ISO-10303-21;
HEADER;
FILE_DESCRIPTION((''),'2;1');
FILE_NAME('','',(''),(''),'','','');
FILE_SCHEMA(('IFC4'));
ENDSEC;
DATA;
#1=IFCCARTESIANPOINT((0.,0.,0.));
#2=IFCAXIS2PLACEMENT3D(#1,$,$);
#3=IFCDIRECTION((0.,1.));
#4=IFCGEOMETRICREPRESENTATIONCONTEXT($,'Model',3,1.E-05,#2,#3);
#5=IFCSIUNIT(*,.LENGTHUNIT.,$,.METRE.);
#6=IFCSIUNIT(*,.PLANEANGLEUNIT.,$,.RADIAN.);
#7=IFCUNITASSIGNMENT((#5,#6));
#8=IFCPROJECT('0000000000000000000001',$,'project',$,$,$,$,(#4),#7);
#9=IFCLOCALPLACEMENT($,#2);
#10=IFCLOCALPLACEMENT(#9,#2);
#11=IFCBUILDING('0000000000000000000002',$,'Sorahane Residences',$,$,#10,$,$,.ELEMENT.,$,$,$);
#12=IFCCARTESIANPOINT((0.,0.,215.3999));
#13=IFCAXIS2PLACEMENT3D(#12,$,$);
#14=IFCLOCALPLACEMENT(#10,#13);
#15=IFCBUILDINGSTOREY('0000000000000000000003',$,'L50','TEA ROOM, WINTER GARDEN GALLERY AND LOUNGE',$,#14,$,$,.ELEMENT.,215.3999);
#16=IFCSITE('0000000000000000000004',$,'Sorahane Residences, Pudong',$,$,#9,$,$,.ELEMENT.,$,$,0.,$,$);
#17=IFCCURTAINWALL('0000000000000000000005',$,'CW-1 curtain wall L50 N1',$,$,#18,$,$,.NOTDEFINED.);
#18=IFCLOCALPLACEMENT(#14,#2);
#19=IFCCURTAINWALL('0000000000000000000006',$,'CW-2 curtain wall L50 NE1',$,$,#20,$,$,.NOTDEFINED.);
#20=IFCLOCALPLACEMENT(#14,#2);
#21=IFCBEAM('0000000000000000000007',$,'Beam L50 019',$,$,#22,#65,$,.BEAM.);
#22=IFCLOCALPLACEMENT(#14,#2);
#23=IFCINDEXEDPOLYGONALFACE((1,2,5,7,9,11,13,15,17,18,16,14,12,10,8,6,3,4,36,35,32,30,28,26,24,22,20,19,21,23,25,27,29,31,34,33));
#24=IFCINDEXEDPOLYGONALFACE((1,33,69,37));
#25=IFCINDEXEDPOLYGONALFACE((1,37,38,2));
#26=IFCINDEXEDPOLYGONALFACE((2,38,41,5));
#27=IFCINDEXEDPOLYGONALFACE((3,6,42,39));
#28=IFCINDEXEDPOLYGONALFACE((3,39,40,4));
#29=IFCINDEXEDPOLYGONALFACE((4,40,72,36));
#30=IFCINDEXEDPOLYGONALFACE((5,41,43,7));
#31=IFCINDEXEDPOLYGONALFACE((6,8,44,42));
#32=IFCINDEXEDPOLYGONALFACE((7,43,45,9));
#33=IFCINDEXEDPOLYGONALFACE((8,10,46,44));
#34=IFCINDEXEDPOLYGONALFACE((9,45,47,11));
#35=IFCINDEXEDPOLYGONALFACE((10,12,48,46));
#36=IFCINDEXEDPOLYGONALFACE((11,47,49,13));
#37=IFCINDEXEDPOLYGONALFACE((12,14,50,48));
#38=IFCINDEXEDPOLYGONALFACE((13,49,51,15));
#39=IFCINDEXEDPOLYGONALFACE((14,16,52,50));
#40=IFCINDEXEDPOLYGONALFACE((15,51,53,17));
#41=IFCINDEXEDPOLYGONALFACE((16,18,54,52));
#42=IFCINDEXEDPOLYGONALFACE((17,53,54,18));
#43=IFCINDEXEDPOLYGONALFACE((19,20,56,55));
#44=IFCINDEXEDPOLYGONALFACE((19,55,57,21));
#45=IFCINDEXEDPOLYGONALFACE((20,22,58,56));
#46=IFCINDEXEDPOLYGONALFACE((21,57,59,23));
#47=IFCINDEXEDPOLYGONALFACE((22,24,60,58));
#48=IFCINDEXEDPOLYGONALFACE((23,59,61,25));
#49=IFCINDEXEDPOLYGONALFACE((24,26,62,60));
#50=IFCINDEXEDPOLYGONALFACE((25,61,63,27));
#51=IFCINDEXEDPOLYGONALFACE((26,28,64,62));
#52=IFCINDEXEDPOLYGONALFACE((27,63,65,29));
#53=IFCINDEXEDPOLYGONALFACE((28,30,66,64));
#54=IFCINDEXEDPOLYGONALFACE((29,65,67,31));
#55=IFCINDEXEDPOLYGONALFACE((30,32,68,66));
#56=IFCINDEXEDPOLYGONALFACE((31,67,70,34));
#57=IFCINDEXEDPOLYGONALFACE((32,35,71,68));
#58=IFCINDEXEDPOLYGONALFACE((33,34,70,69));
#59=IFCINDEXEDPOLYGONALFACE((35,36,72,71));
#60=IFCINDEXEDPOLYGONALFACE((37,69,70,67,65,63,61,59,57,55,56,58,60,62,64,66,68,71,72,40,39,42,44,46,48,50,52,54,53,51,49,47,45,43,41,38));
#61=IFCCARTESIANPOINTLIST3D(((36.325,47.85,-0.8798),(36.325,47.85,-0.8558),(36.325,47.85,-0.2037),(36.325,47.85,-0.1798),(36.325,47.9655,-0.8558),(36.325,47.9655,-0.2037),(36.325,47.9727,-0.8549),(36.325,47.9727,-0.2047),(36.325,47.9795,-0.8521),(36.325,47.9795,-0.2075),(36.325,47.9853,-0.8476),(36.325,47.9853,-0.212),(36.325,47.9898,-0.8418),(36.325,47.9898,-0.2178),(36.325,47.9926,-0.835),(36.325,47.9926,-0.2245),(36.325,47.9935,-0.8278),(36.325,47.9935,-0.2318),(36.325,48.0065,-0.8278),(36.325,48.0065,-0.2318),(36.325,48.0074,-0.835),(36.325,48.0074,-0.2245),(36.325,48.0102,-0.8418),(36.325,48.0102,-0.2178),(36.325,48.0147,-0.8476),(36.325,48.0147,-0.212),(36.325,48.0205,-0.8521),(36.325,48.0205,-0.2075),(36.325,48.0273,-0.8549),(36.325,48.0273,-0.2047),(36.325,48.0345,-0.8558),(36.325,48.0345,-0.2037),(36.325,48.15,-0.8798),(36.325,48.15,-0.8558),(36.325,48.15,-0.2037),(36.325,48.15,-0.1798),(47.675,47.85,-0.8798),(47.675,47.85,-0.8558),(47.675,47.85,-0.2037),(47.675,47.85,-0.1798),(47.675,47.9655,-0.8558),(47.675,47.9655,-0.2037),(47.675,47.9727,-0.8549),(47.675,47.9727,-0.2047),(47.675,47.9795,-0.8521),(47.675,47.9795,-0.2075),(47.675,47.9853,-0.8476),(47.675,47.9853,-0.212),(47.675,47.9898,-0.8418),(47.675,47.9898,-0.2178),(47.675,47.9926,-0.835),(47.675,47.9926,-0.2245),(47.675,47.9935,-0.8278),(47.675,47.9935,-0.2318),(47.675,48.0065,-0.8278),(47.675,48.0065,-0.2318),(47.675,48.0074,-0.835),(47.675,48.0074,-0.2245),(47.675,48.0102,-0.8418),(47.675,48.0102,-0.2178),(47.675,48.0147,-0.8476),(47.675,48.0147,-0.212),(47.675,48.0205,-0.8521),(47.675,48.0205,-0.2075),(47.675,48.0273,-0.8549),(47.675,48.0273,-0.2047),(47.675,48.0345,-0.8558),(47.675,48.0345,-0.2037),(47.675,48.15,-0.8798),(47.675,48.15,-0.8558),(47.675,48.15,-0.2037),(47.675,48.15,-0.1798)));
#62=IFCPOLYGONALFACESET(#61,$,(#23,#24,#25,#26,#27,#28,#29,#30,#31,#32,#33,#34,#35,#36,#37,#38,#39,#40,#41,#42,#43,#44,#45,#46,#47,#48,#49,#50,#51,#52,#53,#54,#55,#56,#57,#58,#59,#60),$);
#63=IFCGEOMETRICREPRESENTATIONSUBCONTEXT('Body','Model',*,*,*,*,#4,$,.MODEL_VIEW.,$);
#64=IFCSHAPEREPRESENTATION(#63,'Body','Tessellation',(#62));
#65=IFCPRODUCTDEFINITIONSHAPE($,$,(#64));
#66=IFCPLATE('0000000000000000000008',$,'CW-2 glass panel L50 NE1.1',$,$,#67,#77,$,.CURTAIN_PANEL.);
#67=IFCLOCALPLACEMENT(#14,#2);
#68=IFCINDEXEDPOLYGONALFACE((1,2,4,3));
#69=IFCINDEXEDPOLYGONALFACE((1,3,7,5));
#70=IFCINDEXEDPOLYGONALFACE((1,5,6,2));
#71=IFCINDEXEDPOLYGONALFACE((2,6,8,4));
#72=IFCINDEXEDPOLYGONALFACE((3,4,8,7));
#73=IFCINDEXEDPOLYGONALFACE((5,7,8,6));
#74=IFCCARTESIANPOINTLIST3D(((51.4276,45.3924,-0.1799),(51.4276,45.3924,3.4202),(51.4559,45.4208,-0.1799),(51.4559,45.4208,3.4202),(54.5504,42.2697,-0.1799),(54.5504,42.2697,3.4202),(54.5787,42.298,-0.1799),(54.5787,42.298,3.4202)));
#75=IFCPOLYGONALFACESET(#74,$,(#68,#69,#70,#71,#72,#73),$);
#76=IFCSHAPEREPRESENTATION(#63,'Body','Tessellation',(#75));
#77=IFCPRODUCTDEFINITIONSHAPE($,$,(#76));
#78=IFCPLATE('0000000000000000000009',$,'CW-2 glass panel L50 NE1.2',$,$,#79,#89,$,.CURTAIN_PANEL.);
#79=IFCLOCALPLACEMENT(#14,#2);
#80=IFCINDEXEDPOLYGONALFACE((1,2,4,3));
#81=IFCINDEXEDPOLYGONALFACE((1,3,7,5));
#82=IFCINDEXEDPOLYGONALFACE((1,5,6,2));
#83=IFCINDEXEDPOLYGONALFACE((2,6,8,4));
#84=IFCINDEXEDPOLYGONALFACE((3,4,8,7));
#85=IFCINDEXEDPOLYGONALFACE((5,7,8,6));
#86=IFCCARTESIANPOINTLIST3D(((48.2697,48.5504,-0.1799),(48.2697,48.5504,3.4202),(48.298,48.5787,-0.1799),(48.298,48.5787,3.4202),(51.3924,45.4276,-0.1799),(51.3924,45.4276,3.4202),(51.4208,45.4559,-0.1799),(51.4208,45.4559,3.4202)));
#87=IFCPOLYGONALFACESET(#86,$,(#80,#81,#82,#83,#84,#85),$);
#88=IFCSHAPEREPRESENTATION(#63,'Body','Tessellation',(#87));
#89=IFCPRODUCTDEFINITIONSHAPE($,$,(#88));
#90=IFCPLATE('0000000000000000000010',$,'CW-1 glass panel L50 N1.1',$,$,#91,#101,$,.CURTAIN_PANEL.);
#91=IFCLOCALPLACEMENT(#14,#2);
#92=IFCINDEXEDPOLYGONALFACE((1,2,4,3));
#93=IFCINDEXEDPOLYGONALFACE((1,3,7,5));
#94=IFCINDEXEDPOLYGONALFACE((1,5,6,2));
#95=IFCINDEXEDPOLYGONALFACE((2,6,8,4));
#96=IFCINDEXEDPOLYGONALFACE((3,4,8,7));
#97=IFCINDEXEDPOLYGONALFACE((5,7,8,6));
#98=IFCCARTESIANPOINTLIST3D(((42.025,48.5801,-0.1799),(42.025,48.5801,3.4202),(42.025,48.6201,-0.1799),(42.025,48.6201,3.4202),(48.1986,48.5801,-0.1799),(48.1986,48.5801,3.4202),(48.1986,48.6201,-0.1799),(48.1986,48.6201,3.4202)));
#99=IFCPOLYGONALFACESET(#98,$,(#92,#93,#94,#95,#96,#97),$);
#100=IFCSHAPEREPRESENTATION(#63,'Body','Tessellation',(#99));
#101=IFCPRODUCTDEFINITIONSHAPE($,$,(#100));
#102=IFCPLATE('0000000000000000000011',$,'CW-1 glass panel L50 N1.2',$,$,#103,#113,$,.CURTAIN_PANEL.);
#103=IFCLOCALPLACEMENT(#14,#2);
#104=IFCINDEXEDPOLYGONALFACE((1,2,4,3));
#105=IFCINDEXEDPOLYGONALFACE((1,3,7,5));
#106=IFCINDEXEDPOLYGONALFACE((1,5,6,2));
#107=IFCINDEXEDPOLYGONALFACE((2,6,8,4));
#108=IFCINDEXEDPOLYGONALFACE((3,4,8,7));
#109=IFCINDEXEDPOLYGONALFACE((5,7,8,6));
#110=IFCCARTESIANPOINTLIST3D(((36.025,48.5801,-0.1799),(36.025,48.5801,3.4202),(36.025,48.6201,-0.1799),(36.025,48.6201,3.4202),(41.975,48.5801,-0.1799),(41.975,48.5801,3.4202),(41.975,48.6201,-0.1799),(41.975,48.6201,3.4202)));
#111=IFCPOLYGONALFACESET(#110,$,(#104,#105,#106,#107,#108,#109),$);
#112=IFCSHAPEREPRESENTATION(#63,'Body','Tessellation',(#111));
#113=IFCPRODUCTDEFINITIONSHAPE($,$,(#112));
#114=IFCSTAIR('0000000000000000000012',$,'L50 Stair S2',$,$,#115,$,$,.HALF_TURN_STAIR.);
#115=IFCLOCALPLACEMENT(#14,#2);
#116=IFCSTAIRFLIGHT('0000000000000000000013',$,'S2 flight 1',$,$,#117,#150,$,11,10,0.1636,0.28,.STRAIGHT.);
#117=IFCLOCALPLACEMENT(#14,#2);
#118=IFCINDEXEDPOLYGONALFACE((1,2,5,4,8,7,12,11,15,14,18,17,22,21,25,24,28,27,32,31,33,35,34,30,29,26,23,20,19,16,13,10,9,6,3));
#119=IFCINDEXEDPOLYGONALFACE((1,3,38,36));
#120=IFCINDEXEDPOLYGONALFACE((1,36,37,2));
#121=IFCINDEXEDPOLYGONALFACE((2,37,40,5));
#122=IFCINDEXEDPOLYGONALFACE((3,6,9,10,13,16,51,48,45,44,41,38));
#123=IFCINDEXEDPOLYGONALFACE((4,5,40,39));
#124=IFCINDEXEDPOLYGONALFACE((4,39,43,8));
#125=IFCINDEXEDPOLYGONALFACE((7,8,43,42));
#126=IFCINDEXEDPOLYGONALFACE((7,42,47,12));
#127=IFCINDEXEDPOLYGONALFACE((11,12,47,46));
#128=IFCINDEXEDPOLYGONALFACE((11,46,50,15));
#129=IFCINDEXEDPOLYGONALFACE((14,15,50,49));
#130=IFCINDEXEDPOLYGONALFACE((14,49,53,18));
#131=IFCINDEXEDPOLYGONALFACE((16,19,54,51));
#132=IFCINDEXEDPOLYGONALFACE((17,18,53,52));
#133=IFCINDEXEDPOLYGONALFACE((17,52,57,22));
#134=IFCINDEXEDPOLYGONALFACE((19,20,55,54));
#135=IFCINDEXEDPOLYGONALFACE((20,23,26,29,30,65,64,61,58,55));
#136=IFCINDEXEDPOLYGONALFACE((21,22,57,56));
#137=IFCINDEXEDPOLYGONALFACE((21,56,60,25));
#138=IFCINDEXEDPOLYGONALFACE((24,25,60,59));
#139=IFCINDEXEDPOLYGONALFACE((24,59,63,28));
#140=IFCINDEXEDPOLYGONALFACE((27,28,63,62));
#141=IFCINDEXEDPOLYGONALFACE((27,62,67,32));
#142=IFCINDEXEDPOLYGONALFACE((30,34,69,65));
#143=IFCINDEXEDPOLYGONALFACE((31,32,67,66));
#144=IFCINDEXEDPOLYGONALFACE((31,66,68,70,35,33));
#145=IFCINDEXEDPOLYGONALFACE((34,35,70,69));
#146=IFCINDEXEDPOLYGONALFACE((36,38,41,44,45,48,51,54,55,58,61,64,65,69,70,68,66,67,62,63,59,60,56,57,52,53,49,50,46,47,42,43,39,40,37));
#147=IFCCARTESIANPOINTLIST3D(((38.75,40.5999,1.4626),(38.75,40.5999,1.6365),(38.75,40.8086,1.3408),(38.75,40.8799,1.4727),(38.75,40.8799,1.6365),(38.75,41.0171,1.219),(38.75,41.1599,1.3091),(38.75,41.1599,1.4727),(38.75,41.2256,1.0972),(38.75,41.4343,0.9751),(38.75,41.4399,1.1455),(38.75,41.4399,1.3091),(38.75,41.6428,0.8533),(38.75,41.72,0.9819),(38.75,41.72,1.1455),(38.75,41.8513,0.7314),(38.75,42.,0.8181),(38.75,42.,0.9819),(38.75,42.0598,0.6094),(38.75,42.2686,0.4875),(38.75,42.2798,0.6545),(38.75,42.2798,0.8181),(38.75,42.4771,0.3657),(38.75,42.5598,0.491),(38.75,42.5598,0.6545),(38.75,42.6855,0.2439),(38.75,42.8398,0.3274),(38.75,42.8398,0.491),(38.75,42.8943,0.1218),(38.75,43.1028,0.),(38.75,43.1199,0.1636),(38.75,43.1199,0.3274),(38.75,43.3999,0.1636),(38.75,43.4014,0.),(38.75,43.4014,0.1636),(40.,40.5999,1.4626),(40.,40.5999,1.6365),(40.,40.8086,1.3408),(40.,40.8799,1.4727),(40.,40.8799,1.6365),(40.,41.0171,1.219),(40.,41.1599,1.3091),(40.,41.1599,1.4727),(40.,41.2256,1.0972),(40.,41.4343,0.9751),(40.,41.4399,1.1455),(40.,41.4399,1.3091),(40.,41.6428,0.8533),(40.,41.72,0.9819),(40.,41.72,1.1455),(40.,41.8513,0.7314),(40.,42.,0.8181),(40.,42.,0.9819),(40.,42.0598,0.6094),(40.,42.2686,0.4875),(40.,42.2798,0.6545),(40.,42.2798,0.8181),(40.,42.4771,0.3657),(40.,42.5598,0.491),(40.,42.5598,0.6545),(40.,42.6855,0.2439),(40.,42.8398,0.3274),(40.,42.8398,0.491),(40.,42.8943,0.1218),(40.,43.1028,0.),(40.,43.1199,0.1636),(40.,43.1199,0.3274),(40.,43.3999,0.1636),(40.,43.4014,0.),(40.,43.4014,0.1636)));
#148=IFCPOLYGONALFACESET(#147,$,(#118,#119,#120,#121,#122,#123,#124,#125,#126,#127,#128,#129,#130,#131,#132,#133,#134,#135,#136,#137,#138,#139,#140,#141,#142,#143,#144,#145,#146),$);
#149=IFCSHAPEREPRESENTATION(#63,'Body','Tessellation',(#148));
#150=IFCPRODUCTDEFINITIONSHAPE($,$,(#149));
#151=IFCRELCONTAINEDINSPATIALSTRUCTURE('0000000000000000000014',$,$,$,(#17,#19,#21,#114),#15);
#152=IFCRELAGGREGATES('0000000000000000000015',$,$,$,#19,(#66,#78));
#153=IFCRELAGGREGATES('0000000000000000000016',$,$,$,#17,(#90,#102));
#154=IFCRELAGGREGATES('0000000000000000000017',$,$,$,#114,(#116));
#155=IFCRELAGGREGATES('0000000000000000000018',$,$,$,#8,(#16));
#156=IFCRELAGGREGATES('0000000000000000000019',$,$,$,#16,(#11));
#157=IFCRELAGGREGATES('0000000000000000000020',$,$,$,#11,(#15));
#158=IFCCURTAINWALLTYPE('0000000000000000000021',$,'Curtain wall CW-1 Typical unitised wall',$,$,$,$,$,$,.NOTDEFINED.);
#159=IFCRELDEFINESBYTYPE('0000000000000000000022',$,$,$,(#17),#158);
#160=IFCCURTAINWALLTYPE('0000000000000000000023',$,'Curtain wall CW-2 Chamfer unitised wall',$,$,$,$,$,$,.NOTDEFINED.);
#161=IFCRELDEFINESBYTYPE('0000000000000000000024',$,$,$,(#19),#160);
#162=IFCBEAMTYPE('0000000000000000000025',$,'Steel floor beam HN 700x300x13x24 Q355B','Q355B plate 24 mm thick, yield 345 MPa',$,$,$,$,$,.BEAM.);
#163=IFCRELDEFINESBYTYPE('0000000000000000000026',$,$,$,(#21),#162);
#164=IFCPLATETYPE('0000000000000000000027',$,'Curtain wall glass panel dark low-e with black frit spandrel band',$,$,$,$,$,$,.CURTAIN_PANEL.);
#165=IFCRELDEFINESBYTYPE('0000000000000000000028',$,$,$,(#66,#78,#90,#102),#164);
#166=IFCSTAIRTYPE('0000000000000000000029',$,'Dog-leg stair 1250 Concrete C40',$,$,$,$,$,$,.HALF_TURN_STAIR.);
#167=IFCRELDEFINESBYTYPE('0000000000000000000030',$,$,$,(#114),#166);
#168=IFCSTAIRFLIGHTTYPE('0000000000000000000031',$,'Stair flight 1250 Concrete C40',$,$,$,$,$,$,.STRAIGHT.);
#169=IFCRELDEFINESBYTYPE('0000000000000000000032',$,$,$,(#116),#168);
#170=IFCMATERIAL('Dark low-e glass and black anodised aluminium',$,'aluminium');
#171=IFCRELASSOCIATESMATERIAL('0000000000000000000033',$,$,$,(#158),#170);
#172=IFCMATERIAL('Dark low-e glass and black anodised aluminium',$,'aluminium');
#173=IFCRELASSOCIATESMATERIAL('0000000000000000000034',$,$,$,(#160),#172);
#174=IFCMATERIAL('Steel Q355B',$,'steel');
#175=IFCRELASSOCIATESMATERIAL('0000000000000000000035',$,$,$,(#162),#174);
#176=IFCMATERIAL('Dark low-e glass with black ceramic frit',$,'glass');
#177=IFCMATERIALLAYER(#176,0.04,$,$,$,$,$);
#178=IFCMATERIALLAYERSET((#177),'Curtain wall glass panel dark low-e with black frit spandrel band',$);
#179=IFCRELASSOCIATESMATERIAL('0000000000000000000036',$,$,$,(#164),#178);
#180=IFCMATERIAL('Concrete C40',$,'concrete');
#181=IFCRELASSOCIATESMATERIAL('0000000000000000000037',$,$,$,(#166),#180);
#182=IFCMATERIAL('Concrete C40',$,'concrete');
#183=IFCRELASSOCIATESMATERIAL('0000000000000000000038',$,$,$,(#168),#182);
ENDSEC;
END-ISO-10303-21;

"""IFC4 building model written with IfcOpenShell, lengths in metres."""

from ifc_helpers import new_model, si_unit, direction, frame, origin, origin_2d, place, context, subcontext, project, spatial, polyline, rectangle, i_section, outline, extrude, material, layer, layer_set, material_profile, profile_set, type_object, element, aggregate, save


model = new_model("IFC4")

# Units and contexts
model_context = context("Model", 3, precision=1e-05, world=origin(), true_north=direction((0.0, 1.0)))
body_context = subcontext(model_context, "Body", "Model", "MODEL_VIEW")
ifc_project = project(units=[si_unit("LENGTHUNIT", "METRE"), si_unit("PLANEANGLEUNIT", "RADIAN")], contexts=[model_context])

# Site, building, storey
site_placement = place(None, origin())
site = spatial("IfcSite", under=ifc_project, at=site_placement, Name="Sorahane Residences, Pudong", CompositionType="ELEMENT", RefElevation=0.0)
building_placement = place(site_placement, origin())
building = spatial("IfcBuilding", under=site, at=building_placement, Name="Sorahane Residences", CompositionType="ELEMENT")
storey_placement = place(building_placement, frame((0.0, 0.0, 215.3999)))
storey = spatial("IfcBuildingStorey", under=building, at=storey_placement, Name="L50", Description="TEA ROOM, WINTER GARDEN GALLERY AND LOUNGE", CompositionType="ELEMENT", Elevation=215.3999)

# Curtain wall
ifc_material_1 = material(Name="Dark low-e glass and black anodised aluminium", Category="aluminium")
curtain_wall_type_1 = type_object("IfcCurtainWallType", Name="Curtain wall CW-1 Typical unitised wall", PredefinedType="NOTDEFINED", material=ifc_material_1)
curtain_wall_1_placement = place(storey_placement, origin())
curtain_wall_1 = element("IfcCurtainWall", 1, at=curtain_wall_1_placement, inside=storey, type_object=curtain_wall_type_1, Name="CW-1 curtain wall L50 N1", PredefinedType="NOTDEFINED")

# Curtain wall
ifc_material_2 = material(Name="Dark low-e glass and black anodised aluminium", Category="aluminium")
curtain_wall_type_2 = type_object("IfcCurtainWallType", Name="Curtain wall CW-2 Chamfer unitised wall", PredefinedType="NOTDEFINED", material=ifc_material_2)
curtain_wall_2_placement = place(storey_placement, origin())
curtain_wall_2 = element("IfcCurtainWall", 2, at=curtain_wall_2_placement, inside=storey, type_object=curtain_wall_type_2, Name="CW-2 curtain wall L50 NE1", PredefinedType="NOTDEFINED")

# Beam
ifc_material_3 = material(Name="Steel Q355B", Category="steel")
ifc_material_profile_1 = material_profile(ifc_material_3, i_section(OverallWidth=0.3, OverallDepth=0.7, WebThickness=0.0129, FlangeThickness=0.0239, FilletRadius=0.0281, at=origin_2d()), Name="HN 700x300x13x24")
ifc_profile_set_1 = profile_set([ifc_material_profile_1], Name="Steel Q355B")
beam_type_1 = type_object("IfcBeamType", Name="Steel floor beam HN 700x300x13x24 Q355B", Description="Q355B plate 24 mm thick, yield 345 MPa", PredefinedType="BEAM", material=ifc_profile_set_1)
beam_1_placement = place(storey_placement, frame((36.325, 48.0, -0.5298), z_axis=(1.0, 0.0, 0.0), x_axis=(0.0, 1.0, 0.0)))
element("IfcBeam", 3, at=beam_1_placement, inside=storey, type_object=beam_type_1, Name="Beam L50 019", PredefinedType="BEAM", context=body_context, shape_type="SweptSolid", body=[
    extrude(i_section(OverallWidth=0.3, OverallDepth=0.7, WebThickness=0.0129, FlangeThickness=0.0239, FilletRadius=0.0281, at=origin_2d()), origin(), (0.0, 0.0, 1.0), 11.3501),
])

# Plates
ifc_material_4 = material(Name="Dark low-e glass with black ceramic frit", Category="glass")
ifc_layer_1 = layer(ifc_material_4, 0.04)
ifc_layer_set_1 = layer_set([ifc_layer_1], Name="Curtain wall glass panel dark low-e with black frit spandrel band")
plate_type = type_object("IfcPlateType", Name="Curtain wall glass panel dark low-e with black frit spandrel band", PredefinedType="CURTAIN_PANEL", material=ifc_layer_set_1)
plate_1_placement = place(storey_placement, frame((53.0032, 43.8452, -0.1799), z_axis=(0.0, 0.0, 1.0), x_axis=(-0.707107, 0.707107, 0.0)))
plate_1 = element("IfcPlate", 4, at=plate_1_placement, type_object=plate_type, Name="CW-2 glass panel L50 NE1.1", PredefinedType="CURTAIN_PANEL", context=body_context, shape_type="SweptSolid", body=[
    extrude(rectangle(XDim=4.4163, YDim=0.04, at=origin_2d()), origin(), (0.0, 0.0, 1.0), 3.6001),
])
plate_2_placement = place(storey_placement, frame((49.8452, 47.0032, -0.1799), z_axis=(0.0, 0.0, 1.0), x_axis=(-0.707107, 0.707107, 0.0)))
plate_2 = element("IfcPlate", 5, at=plate_2_placement, type_object=plate_type, Name="CW-2 glass panel L50 NE1.2", PredefinedType="CURTAIN_PANEL", context=body_context, shape_type="SweptSolid", body=[
    extrude(rectangle(XDim=4.4163, YDim=0.04, at=origin_2d()), origin(), (0.0, 0.0, 1.0), 3.6001),
])
aggregate(curtain_wall_2, [plate_1, plate_2])
plate_3_placement = place(storey_placement, frame((45.1118, 48.6001, -0.1799), z_axis=(0.0, 0.0, 1.0), x_axis=(-1.0, 0.0, 0.0)))
plate_3 = element("IfcPlate", 6, at=plate_3_placement, type_object=plate_type, Name="CW-1 glass panel L50 N1.1", PredefinedType="CURTAIN_PANEL", context=body_context, shape_type="SweptSolid", body=[
    extrude(rectangle(XDim=6.1736, YDim=0.04, at=origin_2d()), origin(), (0.0, 0.0, 1.0), 3.6001),
])
plate_4_placement = place(storey_placement, frame((39.0, 48.6001, -0.1799), z_axis=(0.0, 0.0, 1.0), x_axis=(-1.0, 0.0, 0.0)))
plate_4 = element("IfcPlate", 7, at=plate_4_placement, type_object=plate_type, Name="CW-1 glass panel L50 N1.2", PredefinedType="CURTAIN_PANEL", context=body_context, shape_type="SweptSolid", body=[
    extrude(rectangle(XDim=5.95, YDim=0.04, at=origin_2d()), origin(), (0.0, 0.0, 1.0), 3.6001),
])
aggregate(curtain_wall_1, [plate_3, plate_4])

# Stair, stair flight
ifc_material_5 = material(Name="Concrete C40", Category="concrete")
stair_type = type_object("IfcStairType", Name="Dog-leg stair 1250 Concrete C40", PredefinedType="HALF_TURN_STAIR", material=ifc_material_5)
stair_placement = place(storey_placement, origin())
stair = element("IfcStair", 8, at=stair_placement, inside=storey, type_object=stair_type, Name="L50 Stair S2", PredefinedType="HALF_TURN_STAIR")
ifc_material_6 = material(Name="Concrete C40", Category="concrete")
stair_flight_type = type_object("IfcStairFlightType", Name="Stair flight 1250 Concrete C40", PredefinedType="STRAIGHT", material=ifc_material_6)
stair_flight_placement = place(storey_placement, frame((39.375, 43.3999, 0.0), z_axis=(0.0, 0.0, 1.0), x_axis=(0.0, -1.0, 0.0)))
stair_flight = element("IfcStairFlight", 9, at=stair_flight_placement, type_object=stair_flight_type, Name="S2 flight 1", NumberOfRisers=11, NumberOfTreads=10, PredefinedType="STRAIGHT", RiserHeight=0.1636, TreadLength=0.28, context=body_context, shape_type="SweptSolid", body=[
    extrude(outline(polyline([(-0.0015, 0.0), (-0.0015, 0.1636), (0.0, 0.1636), (0.28, 0.1636), (0.28, 0.3274), (0.5601, 0.3274), (0.5601, 0.491), (0.8401, 0.491), (0.8401, 0.6545), (1.1201, 0.6545), (1.1201, 0.8181), (1.3999, 0.8181), (1.3999, 0.9819), (1.6799, 0.9819), (1.6799, 1.1455), (1.96, 1.1455), (1.96, 1.3091), (2.24, 1.3091), (2.24, 1.4727), (2.52, 1.4727), (2.52, 1.6365), (2.8, 1.6365), (2.8, 1.8), (2.8, 1.4626), (2.5913, 1.3408), (2.3828, 1.219), (2.1743, 1.0972), (1.9656, 0.9751), (1.7571, 0.8533), (1.5486, 0.7314), (1.3401, 0.6094), (1.1313, 0.4875), (0.9229, 0.3657), (0.7144, 0.2439), (0.5056, 0.1218), (0.2971, 0.0), (-0.0015, 0.0)])), frame((0.0, 0.625, 0.0), z_axis=(0.0, -1.0, 0.0), x_axis=(1.0, 0.0, 0.0)), (0.0, 0.0, 1.0), 1.25),
])
aggregate(stair, [stair_flight])

save(model, "model.ifc")
